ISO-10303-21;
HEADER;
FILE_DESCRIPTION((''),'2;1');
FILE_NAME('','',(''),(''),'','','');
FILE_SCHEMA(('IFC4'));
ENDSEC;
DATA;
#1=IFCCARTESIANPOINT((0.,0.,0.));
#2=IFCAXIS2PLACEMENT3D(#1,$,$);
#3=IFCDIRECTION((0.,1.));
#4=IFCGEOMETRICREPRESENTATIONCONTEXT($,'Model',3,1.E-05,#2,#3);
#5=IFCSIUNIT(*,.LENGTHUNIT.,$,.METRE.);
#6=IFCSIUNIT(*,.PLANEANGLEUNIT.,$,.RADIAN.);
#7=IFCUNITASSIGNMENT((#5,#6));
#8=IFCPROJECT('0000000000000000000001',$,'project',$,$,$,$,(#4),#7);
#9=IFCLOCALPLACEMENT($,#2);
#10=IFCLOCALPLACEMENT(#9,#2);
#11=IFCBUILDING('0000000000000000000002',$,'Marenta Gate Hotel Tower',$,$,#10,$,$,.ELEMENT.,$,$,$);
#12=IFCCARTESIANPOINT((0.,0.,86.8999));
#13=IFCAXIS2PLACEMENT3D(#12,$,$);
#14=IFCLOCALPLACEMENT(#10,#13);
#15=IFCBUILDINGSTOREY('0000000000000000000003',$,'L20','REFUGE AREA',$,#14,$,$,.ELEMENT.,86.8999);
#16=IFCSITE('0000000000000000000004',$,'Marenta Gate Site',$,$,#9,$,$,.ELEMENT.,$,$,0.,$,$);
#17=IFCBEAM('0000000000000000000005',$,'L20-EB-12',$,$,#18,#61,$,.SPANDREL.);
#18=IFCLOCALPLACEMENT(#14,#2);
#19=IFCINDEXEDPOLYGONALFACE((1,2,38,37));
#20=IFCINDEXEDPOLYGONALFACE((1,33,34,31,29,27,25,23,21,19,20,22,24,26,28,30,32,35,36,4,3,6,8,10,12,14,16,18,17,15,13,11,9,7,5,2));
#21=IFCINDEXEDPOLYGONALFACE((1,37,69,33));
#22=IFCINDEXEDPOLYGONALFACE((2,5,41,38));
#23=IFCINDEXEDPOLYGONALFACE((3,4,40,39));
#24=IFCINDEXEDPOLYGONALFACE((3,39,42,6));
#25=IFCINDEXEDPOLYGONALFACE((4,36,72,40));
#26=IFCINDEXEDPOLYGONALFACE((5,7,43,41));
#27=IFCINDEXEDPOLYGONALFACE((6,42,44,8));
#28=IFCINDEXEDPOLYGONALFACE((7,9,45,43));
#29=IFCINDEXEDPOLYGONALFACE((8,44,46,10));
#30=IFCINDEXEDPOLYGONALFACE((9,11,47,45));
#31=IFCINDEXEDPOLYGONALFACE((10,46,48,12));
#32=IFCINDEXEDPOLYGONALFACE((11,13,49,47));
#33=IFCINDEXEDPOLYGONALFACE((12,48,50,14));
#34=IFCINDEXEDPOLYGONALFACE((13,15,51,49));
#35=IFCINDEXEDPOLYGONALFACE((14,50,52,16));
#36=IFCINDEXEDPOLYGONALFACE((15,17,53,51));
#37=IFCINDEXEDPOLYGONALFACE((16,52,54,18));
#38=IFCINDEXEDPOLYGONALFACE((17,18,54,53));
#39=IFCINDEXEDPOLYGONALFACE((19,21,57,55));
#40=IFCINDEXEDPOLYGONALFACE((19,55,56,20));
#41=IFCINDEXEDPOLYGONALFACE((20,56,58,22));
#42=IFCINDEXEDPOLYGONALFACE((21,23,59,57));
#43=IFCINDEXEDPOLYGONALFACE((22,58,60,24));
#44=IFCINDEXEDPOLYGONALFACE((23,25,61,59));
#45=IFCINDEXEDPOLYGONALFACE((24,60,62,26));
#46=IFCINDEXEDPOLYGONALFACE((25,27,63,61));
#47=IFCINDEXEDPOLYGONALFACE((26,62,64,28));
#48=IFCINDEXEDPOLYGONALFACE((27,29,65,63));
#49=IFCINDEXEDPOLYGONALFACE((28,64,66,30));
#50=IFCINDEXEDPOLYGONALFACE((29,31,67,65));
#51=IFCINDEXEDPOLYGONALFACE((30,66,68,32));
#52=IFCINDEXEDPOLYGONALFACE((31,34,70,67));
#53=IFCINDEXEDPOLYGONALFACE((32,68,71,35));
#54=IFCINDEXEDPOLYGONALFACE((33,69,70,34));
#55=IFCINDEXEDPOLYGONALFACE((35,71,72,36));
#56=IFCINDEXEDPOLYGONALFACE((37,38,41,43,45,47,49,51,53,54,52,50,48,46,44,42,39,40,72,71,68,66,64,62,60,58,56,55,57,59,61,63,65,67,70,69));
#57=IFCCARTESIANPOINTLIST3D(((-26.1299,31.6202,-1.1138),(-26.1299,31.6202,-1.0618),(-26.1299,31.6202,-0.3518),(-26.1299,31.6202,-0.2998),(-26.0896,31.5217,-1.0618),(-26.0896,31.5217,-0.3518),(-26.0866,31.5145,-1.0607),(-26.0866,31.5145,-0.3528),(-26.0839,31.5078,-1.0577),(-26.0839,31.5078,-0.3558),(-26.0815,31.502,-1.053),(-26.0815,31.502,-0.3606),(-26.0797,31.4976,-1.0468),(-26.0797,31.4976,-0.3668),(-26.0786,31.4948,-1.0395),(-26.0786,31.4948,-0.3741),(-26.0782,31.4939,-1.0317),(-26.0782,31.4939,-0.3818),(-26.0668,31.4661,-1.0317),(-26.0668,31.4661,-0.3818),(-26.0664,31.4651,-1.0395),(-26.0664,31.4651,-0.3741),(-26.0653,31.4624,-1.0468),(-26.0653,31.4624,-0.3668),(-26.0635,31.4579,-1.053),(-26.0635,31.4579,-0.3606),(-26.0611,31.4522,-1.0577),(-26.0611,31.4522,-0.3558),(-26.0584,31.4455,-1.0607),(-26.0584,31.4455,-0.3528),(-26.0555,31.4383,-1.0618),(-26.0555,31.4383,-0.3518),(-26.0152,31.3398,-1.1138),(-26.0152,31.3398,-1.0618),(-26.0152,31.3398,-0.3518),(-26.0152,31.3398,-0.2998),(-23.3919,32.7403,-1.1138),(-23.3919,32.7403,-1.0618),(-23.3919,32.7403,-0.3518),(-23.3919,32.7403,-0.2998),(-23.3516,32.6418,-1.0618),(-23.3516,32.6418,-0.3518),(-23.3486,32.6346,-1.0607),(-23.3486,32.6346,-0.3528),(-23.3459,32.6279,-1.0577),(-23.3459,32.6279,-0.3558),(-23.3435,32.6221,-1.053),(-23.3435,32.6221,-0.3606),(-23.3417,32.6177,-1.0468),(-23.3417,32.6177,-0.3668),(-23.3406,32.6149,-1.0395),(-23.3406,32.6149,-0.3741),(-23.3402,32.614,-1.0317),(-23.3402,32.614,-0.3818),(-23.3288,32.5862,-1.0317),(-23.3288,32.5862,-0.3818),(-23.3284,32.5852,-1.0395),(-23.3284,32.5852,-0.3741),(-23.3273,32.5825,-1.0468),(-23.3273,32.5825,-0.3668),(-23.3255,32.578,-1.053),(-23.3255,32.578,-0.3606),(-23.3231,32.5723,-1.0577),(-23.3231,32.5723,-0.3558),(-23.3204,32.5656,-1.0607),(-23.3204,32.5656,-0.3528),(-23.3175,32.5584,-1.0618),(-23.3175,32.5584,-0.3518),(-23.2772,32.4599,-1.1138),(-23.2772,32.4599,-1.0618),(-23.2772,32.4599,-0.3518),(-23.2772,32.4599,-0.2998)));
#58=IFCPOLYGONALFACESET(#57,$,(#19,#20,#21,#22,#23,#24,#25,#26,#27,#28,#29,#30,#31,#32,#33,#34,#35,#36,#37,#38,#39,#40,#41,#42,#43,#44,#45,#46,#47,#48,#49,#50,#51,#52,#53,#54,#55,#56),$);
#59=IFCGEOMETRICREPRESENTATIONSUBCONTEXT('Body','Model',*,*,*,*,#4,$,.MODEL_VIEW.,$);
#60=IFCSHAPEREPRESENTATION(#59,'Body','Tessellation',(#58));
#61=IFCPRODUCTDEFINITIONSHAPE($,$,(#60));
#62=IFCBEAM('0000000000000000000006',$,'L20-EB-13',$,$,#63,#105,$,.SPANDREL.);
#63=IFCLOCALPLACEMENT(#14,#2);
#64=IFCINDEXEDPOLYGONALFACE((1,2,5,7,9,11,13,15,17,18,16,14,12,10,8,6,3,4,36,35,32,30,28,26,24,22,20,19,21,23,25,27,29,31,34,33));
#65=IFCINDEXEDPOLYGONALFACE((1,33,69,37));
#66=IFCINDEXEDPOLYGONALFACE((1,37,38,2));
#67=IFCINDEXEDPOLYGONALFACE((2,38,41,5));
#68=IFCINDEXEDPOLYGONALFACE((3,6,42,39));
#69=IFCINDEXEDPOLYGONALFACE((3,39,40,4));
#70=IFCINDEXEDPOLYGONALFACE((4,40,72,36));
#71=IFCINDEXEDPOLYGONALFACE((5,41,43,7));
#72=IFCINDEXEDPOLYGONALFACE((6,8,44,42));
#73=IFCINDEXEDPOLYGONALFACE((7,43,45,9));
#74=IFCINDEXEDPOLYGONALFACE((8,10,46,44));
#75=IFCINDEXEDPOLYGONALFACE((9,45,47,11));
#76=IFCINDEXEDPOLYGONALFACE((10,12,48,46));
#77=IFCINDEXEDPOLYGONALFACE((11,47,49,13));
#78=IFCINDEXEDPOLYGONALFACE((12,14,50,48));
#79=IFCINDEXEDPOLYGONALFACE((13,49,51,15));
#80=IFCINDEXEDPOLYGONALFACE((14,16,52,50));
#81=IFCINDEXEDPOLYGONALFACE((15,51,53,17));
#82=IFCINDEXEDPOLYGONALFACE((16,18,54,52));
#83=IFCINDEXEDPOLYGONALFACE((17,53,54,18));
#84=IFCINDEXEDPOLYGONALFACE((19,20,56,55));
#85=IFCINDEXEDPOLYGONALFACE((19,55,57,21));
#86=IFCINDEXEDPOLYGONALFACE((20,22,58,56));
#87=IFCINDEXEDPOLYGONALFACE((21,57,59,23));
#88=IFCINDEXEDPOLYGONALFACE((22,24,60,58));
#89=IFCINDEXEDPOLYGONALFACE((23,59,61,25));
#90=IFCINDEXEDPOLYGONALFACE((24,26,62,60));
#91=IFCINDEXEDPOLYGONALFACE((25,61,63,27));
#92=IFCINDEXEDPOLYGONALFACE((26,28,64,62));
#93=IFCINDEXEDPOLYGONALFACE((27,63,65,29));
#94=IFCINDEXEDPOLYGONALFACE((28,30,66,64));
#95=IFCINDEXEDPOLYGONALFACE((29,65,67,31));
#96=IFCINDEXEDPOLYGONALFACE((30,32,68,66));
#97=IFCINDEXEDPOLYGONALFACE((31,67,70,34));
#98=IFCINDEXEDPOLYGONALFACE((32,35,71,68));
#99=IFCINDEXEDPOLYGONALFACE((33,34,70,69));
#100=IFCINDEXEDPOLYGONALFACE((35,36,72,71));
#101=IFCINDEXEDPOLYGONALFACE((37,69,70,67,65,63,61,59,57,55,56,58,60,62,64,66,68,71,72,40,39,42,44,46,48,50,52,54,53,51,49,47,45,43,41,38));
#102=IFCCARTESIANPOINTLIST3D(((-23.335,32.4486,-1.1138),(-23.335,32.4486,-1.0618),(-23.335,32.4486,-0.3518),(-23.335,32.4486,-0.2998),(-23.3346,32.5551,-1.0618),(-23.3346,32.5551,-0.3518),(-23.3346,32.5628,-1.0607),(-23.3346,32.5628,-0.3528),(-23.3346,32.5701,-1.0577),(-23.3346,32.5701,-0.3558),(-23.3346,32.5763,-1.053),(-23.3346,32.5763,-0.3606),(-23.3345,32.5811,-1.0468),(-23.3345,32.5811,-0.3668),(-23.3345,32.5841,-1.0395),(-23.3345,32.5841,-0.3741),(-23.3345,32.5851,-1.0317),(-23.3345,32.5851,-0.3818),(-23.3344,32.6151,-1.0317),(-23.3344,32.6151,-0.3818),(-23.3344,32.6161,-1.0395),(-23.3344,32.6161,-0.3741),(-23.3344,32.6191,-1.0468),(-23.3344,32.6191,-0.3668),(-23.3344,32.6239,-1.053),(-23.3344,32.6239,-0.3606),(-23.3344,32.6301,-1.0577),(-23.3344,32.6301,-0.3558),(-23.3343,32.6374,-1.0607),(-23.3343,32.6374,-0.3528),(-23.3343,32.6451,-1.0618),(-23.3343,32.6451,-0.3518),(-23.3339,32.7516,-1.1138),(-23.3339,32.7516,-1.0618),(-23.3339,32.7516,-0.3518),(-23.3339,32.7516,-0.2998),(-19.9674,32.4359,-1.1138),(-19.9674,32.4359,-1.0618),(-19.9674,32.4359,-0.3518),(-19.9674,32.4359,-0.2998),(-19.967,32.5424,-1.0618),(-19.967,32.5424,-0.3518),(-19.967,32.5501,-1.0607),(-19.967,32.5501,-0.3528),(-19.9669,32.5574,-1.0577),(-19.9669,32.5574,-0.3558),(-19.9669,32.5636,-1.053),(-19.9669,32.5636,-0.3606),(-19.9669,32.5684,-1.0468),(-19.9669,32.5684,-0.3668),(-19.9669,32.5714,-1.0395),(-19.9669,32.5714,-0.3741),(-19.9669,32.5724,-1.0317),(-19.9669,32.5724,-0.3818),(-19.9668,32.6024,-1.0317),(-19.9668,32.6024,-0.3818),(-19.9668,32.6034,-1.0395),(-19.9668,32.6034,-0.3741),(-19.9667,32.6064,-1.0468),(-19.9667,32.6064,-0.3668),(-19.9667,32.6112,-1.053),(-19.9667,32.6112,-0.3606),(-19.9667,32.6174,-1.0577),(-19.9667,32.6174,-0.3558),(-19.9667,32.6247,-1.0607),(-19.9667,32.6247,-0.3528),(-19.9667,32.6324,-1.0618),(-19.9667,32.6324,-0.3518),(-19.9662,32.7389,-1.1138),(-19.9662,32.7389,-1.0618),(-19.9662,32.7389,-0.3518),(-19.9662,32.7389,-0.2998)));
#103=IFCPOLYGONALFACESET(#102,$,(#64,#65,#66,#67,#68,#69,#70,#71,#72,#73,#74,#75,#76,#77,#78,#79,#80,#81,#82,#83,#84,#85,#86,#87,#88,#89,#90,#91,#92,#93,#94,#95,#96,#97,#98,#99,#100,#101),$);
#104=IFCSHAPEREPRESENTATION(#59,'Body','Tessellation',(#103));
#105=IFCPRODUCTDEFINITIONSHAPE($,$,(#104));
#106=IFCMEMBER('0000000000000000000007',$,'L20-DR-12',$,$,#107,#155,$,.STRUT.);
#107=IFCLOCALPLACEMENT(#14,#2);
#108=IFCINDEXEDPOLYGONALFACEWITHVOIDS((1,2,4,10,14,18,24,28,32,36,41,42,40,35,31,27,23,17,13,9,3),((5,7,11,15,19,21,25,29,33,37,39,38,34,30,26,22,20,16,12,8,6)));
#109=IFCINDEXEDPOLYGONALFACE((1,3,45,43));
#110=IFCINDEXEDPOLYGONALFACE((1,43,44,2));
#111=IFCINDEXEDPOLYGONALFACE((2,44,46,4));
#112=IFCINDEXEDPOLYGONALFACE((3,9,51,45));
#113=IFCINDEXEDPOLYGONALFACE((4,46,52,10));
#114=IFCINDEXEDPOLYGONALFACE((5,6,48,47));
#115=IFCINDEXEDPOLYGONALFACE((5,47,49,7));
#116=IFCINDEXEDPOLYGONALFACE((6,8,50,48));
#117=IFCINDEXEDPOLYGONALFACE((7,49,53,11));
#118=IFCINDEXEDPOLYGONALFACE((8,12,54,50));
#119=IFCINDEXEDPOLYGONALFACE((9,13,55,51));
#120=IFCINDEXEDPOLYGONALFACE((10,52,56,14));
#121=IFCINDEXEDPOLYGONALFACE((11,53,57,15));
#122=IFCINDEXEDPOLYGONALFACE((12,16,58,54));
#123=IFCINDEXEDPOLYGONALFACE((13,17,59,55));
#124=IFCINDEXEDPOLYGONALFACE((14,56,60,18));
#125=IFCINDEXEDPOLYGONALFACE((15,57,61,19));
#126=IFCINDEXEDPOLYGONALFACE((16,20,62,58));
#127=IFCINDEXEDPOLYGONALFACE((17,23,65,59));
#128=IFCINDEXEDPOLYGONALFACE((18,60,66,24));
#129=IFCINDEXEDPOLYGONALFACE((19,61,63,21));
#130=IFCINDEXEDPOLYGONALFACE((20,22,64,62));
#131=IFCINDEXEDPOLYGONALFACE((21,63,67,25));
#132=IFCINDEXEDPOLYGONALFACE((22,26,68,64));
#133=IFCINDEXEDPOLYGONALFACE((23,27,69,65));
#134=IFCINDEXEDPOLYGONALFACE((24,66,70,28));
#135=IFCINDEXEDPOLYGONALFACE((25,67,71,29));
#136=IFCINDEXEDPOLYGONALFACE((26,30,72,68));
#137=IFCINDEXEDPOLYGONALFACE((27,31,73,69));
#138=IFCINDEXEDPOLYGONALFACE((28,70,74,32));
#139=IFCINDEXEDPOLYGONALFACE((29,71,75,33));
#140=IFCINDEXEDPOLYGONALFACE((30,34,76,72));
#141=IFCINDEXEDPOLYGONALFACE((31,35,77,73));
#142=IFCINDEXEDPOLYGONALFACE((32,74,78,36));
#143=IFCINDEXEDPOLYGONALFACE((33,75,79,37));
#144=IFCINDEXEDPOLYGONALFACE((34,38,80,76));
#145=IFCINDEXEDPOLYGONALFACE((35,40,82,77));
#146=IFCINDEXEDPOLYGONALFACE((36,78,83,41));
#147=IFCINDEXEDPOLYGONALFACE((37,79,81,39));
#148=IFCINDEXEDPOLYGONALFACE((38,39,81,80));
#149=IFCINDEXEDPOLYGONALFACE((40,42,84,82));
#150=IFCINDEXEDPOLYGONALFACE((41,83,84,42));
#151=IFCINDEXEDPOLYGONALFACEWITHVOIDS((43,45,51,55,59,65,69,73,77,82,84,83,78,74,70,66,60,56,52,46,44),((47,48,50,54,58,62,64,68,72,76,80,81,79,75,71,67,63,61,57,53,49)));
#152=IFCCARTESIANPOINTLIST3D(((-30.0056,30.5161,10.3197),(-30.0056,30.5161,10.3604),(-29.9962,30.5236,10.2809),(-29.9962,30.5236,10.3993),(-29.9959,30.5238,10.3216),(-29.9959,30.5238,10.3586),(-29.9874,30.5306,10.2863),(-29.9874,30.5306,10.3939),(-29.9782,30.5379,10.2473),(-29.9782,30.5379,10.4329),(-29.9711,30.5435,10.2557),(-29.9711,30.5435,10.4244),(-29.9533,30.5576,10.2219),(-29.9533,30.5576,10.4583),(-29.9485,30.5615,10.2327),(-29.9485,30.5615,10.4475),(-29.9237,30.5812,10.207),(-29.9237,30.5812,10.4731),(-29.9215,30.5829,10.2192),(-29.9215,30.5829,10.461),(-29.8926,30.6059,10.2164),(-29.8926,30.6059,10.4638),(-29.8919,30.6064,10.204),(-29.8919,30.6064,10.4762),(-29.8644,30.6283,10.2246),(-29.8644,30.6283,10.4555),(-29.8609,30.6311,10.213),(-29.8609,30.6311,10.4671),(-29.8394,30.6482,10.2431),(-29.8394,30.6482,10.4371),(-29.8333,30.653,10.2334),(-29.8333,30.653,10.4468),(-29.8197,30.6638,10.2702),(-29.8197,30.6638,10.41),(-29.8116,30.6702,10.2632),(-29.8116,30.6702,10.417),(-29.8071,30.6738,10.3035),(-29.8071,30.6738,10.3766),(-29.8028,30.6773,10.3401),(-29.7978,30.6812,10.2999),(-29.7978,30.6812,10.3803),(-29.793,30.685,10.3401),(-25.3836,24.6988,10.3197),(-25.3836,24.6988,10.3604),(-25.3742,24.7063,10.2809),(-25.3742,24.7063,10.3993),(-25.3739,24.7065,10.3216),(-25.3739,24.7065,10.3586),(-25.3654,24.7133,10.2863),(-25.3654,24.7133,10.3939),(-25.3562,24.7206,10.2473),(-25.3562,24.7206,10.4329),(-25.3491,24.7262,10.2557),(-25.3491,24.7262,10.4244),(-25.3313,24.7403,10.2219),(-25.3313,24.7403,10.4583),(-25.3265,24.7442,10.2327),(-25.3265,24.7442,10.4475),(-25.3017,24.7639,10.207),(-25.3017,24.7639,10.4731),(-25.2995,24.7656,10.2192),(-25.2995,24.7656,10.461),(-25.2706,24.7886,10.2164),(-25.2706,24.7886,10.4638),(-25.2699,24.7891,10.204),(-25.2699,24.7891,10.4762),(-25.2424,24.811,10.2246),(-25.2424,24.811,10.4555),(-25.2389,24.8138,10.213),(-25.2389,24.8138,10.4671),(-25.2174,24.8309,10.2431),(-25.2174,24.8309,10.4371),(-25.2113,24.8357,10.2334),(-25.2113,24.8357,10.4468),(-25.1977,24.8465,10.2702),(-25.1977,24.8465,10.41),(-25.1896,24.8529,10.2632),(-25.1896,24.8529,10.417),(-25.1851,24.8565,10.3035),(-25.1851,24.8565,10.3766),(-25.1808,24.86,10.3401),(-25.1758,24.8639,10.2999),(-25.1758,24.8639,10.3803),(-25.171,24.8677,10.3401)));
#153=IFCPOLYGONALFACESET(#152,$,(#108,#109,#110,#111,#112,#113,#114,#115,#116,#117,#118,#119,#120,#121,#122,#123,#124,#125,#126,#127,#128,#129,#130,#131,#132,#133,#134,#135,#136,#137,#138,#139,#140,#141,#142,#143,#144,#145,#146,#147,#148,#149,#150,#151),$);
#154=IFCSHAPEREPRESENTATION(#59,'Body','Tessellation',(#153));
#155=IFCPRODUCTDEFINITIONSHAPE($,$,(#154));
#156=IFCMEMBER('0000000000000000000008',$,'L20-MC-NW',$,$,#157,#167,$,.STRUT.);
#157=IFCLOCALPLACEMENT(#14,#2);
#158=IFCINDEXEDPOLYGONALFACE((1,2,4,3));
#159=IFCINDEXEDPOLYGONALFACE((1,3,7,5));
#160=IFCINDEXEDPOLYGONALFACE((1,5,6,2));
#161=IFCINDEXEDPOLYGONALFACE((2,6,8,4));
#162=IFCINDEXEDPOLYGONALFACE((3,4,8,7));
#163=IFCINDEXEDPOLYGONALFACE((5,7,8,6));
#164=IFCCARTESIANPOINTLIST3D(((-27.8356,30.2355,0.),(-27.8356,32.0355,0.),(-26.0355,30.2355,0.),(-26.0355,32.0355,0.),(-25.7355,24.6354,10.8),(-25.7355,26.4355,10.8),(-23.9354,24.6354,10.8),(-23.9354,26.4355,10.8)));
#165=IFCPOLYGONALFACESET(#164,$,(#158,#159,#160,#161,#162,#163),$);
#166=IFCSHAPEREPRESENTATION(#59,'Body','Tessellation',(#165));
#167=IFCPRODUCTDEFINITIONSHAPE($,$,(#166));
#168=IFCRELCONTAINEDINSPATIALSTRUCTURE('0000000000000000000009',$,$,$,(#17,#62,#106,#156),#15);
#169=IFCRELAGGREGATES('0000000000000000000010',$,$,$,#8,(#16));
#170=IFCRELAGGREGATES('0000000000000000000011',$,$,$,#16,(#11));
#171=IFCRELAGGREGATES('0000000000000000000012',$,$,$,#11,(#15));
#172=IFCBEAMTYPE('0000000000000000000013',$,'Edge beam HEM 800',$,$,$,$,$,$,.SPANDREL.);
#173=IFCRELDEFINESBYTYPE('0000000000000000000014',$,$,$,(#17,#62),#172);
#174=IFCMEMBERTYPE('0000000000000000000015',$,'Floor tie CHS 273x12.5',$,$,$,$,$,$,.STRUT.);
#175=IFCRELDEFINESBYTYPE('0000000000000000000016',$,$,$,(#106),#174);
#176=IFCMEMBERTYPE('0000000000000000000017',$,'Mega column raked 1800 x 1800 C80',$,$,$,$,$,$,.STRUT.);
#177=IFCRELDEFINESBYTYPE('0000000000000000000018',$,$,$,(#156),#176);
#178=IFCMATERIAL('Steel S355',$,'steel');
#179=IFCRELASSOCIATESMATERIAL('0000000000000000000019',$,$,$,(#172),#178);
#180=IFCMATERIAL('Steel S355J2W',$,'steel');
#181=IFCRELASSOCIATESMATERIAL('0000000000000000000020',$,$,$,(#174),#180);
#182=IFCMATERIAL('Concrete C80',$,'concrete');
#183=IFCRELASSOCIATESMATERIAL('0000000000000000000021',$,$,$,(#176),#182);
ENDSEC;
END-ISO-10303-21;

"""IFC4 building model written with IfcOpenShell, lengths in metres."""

from ifc_helpers import new_model, si_unit, direction, frame, origin, origin_2d, place, context, subcontext, project, spatial, rectangle, hollow_circle, i_section, extrude, material, material_profile, profile_set, type_object, element, save


model = new_model("IFC4")

# Units and contexts
model_context = context("Model", 3, precision=1e-05, world=origin(), true_north=direction((0.0, 1.0)))
body_context = subcontext(model_context, "Body", "Model", "MODEL_VIEW")
ifc_project = project(units=[si_unit("LENGTHUNIT", "METRE"), si_unit("PLANEANGLEUNIT", "RADIAN")], contexts=[model_context])

# Site, building, storey
site_placement = place(None, origin())
site = spatial("IfcSite", under=ifc_project, at=site_placement, Name="Marenta Gate Site", CompositionType="ELEMENT", RefElevation=0.0)
building_placement = place(site_placement, origin())
building = spatial("IfcBuilding", under=site, at=building_placement, Name="Marenta Gate Hotel Tower", CompositionType="ELEMENT")
storey_placement = place(building_placement, frame((0.0, 0.0, 86.8999)))
storey = spatial("IfcBuildingStorey", under=building, at=storey_placement, Name="L20", Description="REFUGE AREA", CompositionType="ELEMENT", Elevation=86.8999)

# Beams
ifc_material_1 = material(Name="Steel S355", Category="steel")
ifc_material_profile_1 = material_profile(ifc_material_1, i_section(OverallWidth=0.303, OverallDepth=0.814, WebThickness=0.03, FlangeThickness=0.052, FilletRadius=0.03, at=origin_2d()), Name="HEM 800")
ifc_profile_set_1 = profile_set([ifc_material_profile_1], Name="Steel S355")
beam_type_1 = type_object("IfcBeamType", Name="Edge beam HEM 800", PredefinedType="SPANDREL", material=ifc_profile_set_1)
beam_1_placement = place(storey_placement, frame((-26.0725, 31.48, -0.7068), z_axis=(0.925546, 0.378636, 0.0), x_axis=(-0.378636, 0.925546, 0.0)))
element("IfcBeam", 1, at=beam_1_placement, inside=storey, type_object=beam_type_1, Name="L20-EB-12", PredefinedType="SPANDREL", context=body_context, shape_type="SweptSolid", body=[
    extrude(i_section(OverallWidth=0.303, OverallDepth=0.814, WebThickness=0.03, FlangeThickness=0.052, FilletRadius=0.03, at=origin_2d()), origin(), (0.0, 0.0, 1.0), 2.9583),
])
beam_2_placement = place(storey_placement, frame((-23.3345, 32.6001, -0.7068), z_axis=(0.999993, -0.00377, 0.0), x_axis=(0.00377, 0.999993, 0.0)))
element("IfcBeam", 2, at=beam_2_placement, inside=storey, type_object=beam_type_1, Name="L20-EB-13", PredefinedType="SPANDREL", context=body_context, shape_type="SweptSolid", body=[
    extrude(i_section(OverallWidth=0.303, OverallDepth=0.814, WebThickness=0.03, FlangeThickness=0.052, FilletRadius=0.03, at=origin_2d()), origin(), (0.0, 0.0, 1.0), 3.3677),
])

# Members
ifc_material_2 = material(Name="Steel S355J2W", Category="steel")
ifc_material_profile_2 = material_profile(ifc_material_2, hollow_circle(Radius=0.1365, WallThickness=0.0125, at=origin_2d()), Name="CHS 273x12.5")
ifc_profile_set_2 = profile_set([ifc_material_profile_2], Name="Steel S355J2W")
member_type_1 = type_object("IfcMemberType", Name="Floor tie CHS 273x12.5", PredefinedType="STRUT", material=ifc_profile_set_2)
member_1_placement = place(storey_placement, frame((-29.8999, 30.6001, 10.3401), z_axis=(0.622079, -0.782955, 0.0), x_axis=(0.782955, 0.622079, 0.0)))
element("IfcMember", 3, at=member_1_placement, inside=storey, type_object=member_type_1, Name="L20-DR-12", PredefinedType="STRUT", context=body_context, shape_type="SweptSolid", body=[
    extrude(hollow_circle(Radius=0.1365, WallThickness=0.0125, at=origin_2d()), origin(), (0.0, 0.0, 1.0), 7.4299),
])
ifc_material_3 = material(Name="Concrete C80", Category="concrete")
ifc_material_profile_3 = material_profile(ifc_material_3, rectangle(XDim=1.8, YDim=1.8, at=origin_2d()), Name="1800 x 1800")
ifc_profile_set_3 = profile_set([ifc_material_profile_3], Name="Concrete C80")
member_type_2 = type_object("IfcMemberType", Name="Mega column raked 1800 x 1800 C80", PredefinedType="STRUT", material=ifc_profile_set_3)
member_2_placement = place(storey_placement, frame((-26.9355, 31.1355, 0.0), z_axis=(0.0, 0.0, 1.0), x_axis=(1.0, 0.0, 0.0)))
element("IfcMember", 4, at=member_2_placement, inside=storey, type_object=member_type_2, Name="L20-MC-NW", PredefinedType="STRUT", context=body_context, shape_type="SweptSolid", body=[
    extrude(rectangle(XDim=1.8, YDim=1.8, at=origin_2d()), origin(), (0.17011, -0.453613, 0.874813), 12.3455),
])

save(model, "model.ifc")
